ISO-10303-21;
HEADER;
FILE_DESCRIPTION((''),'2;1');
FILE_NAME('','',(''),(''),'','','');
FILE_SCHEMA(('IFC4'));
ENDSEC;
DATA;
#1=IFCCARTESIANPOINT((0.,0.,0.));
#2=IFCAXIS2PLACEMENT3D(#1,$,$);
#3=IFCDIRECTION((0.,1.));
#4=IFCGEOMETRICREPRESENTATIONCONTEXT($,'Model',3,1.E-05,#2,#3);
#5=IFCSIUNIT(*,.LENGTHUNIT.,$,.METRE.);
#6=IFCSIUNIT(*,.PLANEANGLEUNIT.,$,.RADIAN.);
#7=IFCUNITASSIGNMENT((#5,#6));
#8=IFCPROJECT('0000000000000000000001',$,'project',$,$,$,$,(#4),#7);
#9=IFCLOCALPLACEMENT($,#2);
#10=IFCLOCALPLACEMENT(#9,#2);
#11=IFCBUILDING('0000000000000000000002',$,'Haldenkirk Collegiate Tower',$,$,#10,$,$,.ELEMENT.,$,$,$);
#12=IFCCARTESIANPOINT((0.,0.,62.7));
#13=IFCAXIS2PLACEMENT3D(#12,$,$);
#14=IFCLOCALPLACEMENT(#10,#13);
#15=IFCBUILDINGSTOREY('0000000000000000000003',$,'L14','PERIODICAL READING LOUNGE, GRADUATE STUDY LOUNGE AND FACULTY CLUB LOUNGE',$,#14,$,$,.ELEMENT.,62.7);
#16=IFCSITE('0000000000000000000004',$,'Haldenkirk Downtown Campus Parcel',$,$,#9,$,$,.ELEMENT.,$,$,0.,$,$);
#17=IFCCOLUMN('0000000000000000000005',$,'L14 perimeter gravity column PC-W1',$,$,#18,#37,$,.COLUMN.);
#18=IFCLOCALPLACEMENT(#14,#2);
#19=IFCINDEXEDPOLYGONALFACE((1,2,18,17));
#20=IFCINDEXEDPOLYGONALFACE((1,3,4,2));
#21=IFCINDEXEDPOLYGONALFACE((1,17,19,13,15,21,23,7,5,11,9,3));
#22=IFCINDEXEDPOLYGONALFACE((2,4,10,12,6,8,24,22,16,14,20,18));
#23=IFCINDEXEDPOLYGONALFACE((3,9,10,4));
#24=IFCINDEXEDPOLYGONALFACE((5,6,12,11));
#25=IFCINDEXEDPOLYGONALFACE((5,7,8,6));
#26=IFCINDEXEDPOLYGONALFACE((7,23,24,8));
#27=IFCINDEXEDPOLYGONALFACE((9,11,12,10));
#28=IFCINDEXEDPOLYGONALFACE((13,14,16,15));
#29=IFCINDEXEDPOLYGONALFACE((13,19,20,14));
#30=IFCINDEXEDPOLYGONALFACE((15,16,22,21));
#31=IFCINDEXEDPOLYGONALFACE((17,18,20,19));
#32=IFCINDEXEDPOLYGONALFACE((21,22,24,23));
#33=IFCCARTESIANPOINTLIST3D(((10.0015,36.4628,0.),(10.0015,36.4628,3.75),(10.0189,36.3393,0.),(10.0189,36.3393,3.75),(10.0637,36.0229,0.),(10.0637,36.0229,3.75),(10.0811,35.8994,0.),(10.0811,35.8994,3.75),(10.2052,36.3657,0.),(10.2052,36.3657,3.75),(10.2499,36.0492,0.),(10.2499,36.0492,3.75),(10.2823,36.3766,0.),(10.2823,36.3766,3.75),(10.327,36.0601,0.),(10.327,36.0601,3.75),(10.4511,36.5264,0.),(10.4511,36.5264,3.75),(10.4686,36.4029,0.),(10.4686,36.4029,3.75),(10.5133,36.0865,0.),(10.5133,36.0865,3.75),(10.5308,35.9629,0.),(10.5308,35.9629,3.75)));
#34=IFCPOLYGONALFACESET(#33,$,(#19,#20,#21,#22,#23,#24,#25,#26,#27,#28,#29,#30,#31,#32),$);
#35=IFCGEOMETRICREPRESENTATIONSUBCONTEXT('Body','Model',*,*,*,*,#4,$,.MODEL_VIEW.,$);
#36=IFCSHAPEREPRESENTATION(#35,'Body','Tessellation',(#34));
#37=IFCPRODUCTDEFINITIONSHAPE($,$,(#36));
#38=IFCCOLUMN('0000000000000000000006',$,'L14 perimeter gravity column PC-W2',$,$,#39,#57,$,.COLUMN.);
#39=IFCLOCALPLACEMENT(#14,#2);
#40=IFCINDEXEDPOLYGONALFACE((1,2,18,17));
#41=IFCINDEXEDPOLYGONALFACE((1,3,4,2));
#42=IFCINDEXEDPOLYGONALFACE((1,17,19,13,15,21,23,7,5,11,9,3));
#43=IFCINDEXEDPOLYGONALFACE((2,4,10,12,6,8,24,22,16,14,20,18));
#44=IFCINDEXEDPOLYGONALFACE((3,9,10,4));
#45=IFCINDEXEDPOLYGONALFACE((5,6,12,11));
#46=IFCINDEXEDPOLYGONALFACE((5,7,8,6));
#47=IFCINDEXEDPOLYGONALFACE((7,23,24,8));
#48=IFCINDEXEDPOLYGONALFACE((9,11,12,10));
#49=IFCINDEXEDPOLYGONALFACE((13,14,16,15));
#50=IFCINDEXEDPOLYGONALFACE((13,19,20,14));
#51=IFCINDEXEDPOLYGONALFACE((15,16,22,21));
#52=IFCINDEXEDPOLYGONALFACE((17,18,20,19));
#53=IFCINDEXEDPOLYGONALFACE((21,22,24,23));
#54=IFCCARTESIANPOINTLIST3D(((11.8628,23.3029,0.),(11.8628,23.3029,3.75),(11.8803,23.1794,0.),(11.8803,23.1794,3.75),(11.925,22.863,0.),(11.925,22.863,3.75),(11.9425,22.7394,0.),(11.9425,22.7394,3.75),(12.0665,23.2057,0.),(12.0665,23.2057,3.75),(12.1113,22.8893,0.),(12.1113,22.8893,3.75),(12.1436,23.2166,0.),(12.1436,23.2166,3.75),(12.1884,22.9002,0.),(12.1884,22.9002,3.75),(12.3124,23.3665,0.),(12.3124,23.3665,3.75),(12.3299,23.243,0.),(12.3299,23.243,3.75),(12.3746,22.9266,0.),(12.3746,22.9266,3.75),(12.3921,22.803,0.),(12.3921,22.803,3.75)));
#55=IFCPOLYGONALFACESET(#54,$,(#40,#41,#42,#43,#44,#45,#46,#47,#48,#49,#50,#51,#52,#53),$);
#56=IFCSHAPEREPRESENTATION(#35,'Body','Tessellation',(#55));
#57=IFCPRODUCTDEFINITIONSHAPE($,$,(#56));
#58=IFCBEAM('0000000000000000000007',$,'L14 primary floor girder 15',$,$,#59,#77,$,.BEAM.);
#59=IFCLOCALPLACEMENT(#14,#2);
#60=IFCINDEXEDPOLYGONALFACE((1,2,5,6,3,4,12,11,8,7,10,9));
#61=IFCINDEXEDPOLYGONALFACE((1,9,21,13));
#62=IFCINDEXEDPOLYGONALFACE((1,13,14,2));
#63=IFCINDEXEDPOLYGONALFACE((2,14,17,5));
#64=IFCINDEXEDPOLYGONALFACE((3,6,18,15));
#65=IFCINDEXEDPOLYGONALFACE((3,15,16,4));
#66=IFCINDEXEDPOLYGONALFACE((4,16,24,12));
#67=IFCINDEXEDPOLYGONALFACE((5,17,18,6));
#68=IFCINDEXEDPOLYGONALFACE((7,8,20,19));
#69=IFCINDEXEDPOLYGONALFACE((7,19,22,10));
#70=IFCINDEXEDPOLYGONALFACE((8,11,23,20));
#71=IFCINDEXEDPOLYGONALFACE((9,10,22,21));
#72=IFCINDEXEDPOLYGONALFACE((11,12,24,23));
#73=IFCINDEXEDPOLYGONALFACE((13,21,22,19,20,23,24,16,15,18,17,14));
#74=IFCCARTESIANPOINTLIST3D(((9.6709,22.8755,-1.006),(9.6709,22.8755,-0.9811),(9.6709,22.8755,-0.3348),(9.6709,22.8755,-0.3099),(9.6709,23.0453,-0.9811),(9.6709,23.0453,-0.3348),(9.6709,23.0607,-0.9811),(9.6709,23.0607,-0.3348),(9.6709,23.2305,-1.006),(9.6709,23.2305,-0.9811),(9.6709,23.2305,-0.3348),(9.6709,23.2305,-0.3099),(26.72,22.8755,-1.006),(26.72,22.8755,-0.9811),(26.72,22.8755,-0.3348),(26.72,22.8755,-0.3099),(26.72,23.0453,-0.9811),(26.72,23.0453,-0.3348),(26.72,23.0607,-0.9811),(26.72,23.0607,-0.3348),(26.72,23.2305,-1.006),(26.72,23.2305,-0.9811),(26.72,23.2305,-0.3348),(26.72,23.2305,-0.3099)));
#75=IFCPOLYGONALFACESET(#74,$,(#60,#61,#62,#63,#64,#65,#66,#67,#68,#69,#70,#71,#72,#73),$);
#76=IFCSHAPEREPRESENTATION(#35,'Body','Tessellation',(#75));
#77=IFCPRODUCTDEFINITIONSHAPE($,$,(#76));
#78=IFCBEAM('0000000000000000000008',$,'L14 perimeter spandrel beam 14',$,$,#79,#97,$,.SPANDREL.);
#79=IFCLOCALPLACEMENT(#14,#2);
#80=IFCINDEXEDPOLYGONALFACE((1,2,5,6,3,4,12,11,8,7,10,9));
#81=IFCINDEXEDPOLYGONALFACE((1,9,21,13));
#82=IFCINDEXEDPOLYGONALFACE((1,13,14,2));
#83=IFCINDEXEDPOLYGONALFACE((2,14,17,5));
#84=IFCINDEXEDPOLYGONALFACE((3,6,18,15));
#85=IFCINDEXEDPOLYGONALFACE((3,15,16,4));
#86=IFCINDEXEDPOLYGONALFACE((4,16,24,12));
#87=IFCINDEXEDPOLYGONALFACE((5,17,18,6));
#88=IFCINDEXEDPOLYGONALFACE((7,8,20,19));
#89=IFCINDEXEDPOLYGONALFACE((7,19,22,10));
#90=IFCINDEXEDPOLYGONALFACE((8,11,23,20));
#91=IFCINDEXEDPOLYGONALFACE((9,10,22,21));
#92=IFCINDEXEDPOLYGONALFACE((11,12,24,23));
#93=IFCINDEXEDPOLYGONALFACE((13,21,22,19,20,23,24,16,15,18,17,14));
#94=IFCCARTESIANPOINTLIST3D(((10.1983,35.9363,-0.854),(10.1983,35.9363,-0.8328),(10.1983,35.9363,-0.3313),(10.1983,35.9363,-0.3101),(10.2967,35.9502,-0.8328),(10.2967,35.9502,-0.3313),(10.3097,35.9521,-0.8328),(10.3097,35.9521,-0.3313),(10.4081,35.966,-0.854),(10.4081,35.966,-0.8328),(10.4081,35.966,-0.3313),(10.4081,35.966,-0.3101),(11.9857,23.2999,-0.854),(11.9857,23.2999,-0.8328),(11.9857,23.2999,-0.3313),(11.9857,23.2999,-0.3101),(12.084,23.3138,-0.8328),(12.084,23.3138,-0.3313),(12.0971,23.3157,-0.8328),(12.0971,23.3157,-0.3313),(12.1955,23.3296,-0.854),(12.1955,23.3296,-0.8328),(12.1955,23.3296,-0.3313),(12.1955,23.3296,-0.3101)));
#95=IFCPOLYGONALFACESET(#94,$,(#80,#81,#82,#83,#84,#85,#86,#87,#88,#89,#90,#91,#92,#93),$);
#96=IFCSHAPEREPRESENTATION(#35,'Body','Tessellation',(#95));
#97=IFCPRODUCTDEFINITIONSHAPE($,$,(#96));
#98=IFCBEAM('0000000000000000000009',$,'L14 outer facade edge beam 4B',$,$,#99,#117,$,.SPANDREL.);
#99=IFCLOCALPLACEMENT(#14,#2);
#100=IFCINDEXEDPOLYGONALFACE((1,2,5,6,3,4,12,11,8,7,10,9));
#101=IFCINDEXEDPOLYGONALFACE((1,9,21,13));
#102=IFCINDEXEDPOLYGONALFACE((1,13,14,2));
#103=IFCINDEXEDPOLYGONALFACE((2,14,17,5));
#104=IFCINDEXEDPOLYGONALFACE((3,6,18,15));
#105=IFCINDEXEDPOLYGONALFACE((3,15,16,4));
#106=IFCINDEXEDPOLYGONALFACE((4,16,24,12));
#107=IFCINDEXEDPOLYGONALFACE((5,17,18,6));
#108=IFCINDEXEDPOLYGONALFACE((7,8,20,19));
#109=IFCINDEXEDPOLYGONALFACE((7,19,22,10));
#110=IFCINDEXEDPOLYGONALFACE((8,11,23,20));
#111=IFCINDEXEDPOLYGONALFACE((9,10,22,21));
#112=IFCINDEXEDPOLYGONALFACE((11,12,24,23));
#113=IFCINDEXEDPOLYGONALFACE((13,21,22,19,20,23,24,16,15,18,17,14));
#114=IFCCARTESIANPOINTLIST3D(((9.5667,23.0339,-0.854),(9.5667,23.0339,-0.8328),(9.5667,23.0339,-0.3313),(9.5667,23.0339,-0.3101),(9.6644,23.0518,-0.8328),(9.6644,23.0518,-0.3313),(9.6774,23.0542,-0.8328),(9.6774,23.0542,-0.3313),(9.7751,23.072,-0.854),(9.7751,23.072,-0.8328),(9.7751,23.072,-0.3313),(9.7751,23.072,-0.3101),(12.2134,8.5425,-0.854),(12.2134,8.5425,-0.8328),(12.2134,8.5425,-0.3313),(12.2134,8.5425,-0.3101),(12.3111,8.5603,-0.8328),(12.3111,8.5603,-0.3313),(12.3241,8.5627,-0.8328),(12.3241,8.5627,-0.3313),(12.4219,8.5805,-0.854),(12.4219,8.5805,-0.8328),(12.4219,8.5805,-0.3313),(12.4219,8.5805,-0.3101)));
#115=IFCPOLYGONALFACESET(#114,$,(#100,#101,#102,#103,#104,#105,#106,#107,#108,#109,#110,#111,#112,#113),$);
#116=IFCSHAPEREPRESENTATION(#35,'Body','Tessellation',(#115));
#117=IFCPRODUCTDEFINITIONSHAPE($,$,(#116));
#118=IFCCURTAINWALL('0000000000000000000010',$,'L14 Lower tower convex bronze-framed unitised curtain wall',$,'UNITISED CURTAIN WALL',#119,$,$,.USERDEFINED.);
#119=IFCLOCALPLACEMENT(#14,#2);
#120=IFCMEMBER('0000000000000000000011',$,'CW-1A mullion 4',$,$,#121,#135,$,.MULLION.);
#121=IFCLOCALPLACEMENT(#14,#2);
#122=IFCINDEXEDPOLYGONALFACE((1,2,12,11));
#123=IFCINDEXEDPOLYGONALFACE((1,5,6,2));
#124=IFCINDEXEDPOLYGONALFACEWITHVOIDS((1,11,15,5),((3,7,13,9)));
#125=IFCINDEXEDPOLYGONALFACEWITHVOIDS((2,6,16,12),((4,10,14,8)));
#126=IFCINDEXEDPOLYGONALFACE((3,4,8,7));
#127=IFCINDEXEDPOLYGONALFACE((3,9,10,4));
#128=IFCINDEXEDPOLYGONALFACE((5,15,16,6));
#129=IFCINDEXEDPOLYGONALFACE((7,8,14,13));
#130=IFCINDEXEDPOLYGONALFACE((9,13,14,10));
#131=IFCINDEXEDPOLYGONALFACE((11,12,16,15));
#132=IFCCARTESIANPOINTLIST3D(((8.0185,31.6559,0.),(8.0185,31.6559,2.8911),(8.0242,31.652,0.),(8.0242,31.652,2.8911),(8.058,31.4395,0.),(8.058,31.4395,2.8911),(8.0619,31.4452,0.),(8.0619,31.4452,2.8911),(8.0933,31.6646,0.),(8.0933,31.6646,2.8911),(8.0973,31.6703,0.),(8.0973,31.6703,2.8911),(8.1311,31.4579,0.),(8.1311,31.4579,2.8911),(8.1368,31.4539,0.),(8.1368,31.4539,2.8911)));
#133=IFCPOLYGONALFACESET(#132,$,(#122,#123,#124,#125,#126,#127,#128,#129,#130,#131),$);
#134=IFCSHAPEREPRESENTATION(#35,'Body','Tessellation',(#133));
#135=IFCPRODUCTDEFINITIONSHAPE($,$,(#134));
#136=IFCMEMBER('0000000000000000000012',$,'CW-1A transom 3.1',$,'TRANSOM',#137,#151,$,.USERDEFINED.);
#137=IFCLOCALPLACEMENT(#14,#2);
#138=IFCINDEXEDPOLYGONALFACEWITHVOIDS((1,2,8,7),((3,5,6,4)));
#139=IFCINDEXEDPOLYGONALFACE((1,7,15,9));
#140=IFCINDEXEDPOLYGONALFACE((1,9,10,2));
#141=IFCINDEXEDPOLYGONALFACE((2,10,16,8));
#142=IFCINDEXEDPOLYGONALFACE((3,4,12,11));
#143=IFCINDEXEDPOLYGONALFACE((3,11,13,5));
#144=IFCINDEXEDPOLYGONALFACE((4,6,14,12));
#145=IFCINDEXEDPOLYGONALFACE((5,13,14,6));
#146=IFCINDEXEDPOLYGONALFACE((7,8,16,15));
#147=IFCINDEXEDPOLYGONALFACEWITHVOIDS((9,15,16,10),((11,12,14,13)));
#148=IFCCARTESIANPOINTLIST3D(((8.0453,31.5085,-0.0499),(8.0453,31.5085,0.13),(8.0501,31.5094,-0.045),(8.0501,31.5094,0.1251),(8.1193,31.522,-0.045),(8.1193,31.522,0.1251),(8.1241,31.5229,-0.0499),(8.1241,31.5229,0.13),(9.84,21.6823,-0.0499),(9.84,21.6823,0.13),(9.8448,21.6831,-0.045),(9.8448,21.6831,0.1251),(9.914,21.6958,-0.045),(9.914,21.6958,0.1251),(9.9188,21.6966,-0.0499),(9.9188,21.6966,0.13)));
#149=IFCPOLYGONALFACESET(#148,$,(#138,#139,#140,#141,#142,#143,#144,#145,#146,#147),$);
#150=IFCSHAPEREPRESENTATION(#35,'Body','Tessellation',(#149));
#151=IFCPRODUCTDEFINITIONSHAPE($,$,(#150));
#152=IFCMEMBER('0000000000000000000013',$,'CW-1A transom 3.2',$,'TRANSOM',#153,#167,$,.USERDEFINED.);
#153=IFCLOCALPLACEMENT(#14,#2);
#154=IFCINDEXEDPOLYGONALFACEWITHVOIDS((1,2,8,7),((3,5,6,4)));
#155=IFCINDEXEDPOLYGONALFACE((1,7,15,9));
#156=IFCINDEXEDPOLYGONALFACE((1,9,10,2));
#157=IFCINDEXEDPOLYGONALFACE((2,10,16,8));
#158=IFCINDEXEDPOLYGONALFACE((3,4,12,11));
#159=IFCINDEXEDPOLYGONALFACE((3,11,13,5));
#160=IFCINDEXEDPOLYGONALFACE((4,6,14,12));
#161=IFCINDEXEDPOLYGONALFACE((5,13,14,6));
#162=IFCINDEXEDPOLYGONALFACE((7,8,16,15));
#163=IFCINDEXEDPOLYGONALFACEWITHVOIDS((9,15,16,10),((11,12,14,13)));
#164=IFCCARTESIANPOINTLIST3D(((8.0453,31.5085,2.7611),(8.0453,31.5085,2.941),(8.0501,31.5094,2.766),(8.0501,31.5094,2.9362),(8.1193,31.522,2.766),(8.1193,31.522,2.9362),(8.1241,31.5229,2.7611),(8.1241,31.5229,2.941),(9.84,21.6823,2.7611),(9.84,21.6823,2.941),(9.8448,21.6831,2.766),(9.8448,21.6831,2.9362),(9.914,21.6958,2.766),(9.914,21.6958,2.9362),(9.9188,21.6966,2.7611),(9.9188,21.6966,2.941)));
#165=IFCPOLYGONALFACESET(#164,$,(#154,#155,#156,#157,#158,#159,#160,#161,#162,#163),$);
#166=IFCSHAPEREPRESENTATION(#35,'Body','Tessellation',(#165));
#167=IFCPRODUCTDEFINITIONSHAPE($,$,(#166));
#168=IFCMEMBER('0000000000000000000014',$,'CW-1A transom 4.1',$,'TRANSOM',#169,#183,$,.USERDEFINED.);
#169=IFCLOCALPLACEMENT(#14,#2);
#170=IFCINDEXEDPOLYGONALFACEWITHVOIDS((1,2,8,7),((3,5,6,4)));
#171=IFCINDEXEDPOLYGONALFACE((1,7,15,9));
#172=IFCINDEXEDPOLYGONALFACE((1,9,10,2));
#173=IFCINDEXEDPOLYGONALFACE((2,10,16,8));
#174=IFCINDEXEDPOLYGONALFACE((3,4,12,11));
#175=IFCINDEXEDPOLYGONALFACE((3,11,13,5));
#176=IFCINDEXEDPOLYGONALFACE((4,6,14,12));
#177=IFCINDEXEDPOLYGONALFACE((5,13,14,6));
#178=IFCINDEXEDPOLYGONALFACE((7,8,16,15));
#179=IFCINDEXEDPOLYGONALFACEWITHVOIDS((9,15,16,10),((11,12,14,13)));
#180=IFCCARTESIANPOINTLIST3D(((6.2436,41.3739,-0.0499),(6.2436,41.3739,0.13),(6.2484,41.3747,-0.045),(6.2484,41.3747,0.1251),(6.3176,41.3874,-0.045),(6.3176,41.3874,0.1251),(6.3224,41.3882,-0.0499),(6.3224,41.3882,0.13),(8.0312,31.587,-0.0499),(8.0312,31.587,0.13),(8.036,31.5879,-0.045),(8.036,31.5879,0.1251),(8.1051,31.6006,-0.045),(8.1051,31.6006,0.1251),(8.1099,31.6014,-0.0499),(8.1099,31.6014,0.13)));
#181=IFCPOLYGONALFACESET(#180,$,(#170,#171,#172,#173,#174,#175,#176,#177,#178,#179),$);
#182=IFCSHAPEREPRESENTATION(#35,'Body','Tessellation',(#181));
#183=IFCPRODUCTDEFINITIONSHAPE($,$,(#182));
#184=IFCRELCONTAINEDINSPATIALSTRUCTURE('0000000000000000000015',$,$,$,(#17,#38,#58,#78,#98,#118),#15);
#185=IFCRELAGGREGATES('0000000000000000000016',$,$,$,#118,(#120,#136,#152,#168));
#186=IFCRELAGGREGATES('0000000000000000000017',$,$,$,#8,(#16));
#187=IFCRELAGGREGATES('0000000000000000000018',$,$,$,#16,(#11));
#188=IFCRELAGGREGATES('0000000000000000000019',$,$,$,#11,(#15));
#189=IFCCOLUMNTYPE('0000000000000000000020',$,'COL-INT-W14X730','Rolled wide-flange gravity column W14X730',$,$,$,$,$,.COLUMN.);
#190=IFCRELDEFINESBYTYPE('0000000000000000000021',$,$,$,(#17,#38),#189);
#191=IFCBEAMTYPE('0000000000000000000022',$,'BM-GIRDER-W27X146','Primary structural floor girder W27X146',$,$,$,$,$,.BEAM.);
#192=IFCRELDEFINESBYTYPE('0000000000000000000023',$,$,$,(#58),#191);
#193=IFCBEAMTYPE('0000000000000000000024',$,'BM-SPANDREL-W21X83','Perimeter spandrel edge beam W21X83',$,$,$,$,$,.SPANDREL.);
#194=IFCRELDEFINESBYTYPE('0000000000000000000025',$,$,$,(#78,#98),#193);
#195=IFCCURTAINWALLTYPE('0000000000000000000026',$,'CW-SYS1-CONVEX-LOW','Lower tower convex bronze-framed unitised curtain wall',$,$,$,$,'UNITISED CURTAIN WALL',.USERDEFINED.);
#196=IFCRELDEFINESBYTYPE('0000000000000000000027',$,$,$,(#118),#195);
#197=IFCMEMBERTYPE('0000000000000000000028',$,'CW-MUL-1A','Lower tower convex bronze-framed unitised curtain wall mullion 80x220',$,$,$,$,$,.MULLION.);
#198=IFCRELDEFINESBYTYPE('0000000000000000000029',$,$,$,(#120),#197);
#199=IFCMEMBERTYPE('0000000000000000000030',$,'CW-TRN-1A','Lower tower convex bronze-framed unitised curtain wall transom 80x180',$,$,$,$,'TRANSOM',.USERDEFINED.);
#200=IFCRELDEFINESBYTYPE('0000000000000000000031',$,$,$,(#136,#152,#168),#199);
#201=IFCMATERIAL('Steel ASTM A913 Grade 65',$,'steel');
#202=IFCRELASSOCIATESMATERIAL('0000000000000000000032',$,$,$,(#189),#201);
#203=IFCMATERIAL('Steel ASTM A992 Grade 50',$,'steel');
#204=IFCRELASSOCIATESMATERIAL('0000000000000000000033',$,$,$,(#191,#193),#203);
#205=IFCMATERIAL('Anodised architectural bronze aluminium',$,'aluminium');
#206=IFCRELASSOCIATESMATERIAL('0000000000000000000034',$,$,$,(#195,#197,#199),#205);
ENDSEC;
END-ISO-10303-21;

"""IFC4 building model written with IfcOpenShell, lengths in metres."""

from ifc_helpers import new_model, si_unit, direction, frame, origin, origin_2d, place, context, subcontext, project, spatial, hollow_rectangle, i_section, extrude, material, material_profile, profile_set, type_object, element, aggregate, save


model = new_model("IFC4")

# Units and contexts
model_context = context("Model", 3, precision=1e-05, world=origin(), true_north=direction((0.0, 1.0)))
body_context = subcontext(model_context, "Body", "Model", "MODEL_VIEW")
ifc_project = project(units=[si_unit("LENGTHUNIT", "METRE"), si_unit("PLANEANGLEUNIT", "RADIAN")], contexts=[model_context])

# Site, building, storey
site_placement = place(None, origin())
site = spatial("IfcSite", under=ifc_project, at=site_placement, Name="Haldenkirk Downtown Campus Parcel", CompositionType="ELEMENT", RefElevation=0.0)
building_placement = place(site_placement, origin())
building = spatial("IfcBuilding", under=site, at=building_placement, Name="Haldenkirk Collegiate Tower", CompositionType="ELEMENT")
storey_placement = place(building_placement, frame((0.0, 0.0, 62.7)))
storey = spatial("IfcBuildingStorey", under=building, at=storey_placement, Name="L14", Description="PERIODICAL READING LOUNGE, GRADUATE STUDY LOUNGE AND FACULTY CLUB LOUNGE", CompositionType="ELEMENT", Elevation=62.7)

# Columns
ifc_material_1 = material(Name="Steel ASTM A913 Grade 65", Category="steel")
ifc_material_profile_1 = material_profile(ifc_material_1, i_section(OverallWidth=0.4541, OverallDepth=0.5691, WebThickness=0.0779, FlangeThickness=0.1248, at=origin_2d()), Name="W14X730")
ifc_profile_set_1 = profile_set([ifc_material_profile_1], Name="Steel ASTM A913 Grade 65")
column_type = type_object("IfcColumnType", Name="COL-INT-W14X730", Description="Rolled wide-flange gravity column W14X730", PredefinedType="COLUMN", material=ifc_profile_set_1)
for number, where, z_axis, x_axis, name in (
    (1, (10.2661, 36.2129, 0.0), (0.0, 0.0, 1.0), (0.990146, 0.140037, 0.0), "L14 perimeter gravity column PC-W1"),
    (2, (12.1274, 23.053, 0.0), (0.0, 0.0, 1.0), (0.990146, 0.140037, 0.0), "L14 perimeter gravity column PC-W2"),
):
    element("IfcColumn", number, at=place(storey_placement, frame(where, z_axis=z_axis, x_axis=x_axis)), inside=storey, type_object=column_type, Name=name, PredefinedType="COLUMN", context=body_context, shape_type="SweptSolid", body=[
        extrude(i_section(OverallWidth=0.4541, OverallDepth=0.5691, WebThickness=0.0779, FlangeThickness=0.1248, at=origin_2d()), origin(), (0.0, 0.0, 1.0), 3.75),
    ])

# Beams
ifc_material_2 = material(Name="Steel ASTM A992 Grade 50", Category="steel")
ifc_material_profile_2 = material_profile(ifc_material_2, i_section(OverallWidth=0.355, OverallDepth=0.696, WebThickness=0.0154, FlangeThickness=0.0249, at=origin_2d()), Name="W27X146")
ifc_profile_set_2 = profile_set([ifc_material_profile_2], Name="Steel ASTM A992 Grade 50")
beam_type_1 = type_object("IfcBeamType", Name="BM-GIRDER-W27X146", Description="Primary structural floor girder W27X146", PredefinedType="BEAM", material=ifc_profile_set_2)
beam_1_placement = place(storey_placement, frame((9.6709, 23.053, -0.658), z_axis=(1.0, 0.0, 0.0), x_axis=(0.0, 1.0, 0.0)))
element("IfcBeam", 3, at=beam_1_placement, inside=storey, type_object=beam_type_1, Name="L14 primary floor girder 15", PredefinedType="BEAM", context=body_context, shape_type="SweptSolid", body=[
    extrude(i_section(OverallWidth=0.355, OverallDepth=0.696, WebThickness=0.0154, FlangeThickness=0.0249, at=origin_2d()), origin(), (0.0, 0.0, 1.0), 17.0491),
])
ifc_material_profile_3 = material_profile(ifc_material_2, i_section(OverallWidth=0.2119, OverallDepth=0.5439, WebThickness=0.0132, FlangeThickness=0.0212, at=origin_2d()), Name="W21X83")
ifc_profile_set_3 = profile_set([ifc_material_profile_3], Name="Steel ASTM A992 Grade 50")
beam_type_2 = type_object("IfcBeamType", Name="BM-SPANDREL-W21X83", Description="Perimeter spandrel edge beam W21X83", PredefinedType="SPANDREL", material=ifc_profile_set_3)
beam_2_placement = place(storey_placement, frame((10.3032, 35.9512, -0.582), z_axis=(0.14005, -0.990144, 0.0), x_axis=(0.990144, 0.14005, 0.0)))
element("IfcBeam", 4, at=beam_2_placement, inside=storey, type_object=beam_type_2, Name="L14 perimeter spandrel beam 14", PredefinedType="SPANDREL", context=body_context, shape_type="SweptSolid", body=[
    extrude(i_section(OverallWidth=0.2119, OverallDepth=0.5439, WebThickness=0.0132, FlangeThickness=0.0212, at=origin_2d()), origin(), (0.0, 0.0, 1.0), 12.7622),
])
beam_3_placement = place(storey_placement, frame((9.6709, 23.053, -0.582), z_axis=(0.179669, -0.983727, 0.0), x_axis=(0.983727, 0.179669, 0.0)))
element("IfcBeam", 5, at=beam_3_placement, inside=storey, type_object=beam_type_2, Name="L14 outer facade edge beam 4B", PredefinedType="SPANDREL", context=body_context, shape_type="SweptSolid", body=[
    extrude(i_section(OverallWidth=0.2119, OverallDepth=0.5439, WebThickness=0.0132, FlangeThickness=0.0212, at=origin_2d()), origin(), (0.0, 0.0, 1.0), 14.7312),
])

# Curtain wall, members
ifc_material_3 = material(Name="Anodised architectural bronze aluminium", Category="aluminium")
curtain_wall_type = type_object("IfcCurtainWallType", Name="CW-SYS1-CONVEX-LOW", Description="Lower tower convex bronze-framed unitised curtain wall", ElementType="UNITISED CURTAIN WALL", PredefinedType="USERDEFINED", material=ifc_material_3)
curtain_wall_placement = place(storey_placement, origin())
curtain_wall = element("IfcCurtainWall", 6, at=curtain_wall_placement, inside=storey, type_object=curtain_wall_type, Name="L14 Lower tower convex bronze-framed unitised curtain wall", ObjectType="UNITISED CURTAIN WALL", PredefinedType="USERDEFINED")
ifc_material_profile_4 = material_profile(ifc_material_3, hollow_rectangle(XDim=0.0801, YDim=0.22, WallThickness=0.0049, at=origin_2d()), Name="CW-MUL-1A")
ifc_profile_set_4 = profile_set([ifc_material_profile_4], Name="Anodised architectural bronze aluminium")
member_type_1 = type_object("IfcMemberType", Name="CW-MUL-1A", Description="Lower tower convex bronze-framed unitised curtain wall mullion 80x220", PredefinedType="MULLION", material=ifc_profile_set_4)
member_1_placement = place(storey_placement, frame((8.0776, 31.5549, 0.0), z_axis=(0.0, 0.0, 1.0), x_axis=(-0.983729, -0.17966, 0.0)))
member_1 = element("IfcMember", 7, at=member_1_placement, type_object=member_type_1, Name="CW-1A mullion 4", PredefinedType="MULLION", context=body_context, shape_type="SweptSolid", body=[
    extrude(hollow_rectangle(XDim=0.0801, YDim=0.22, WallThickness=0.0049, at=origin_2d()), origin(), (0.0, 0.0, 1.0), 2.8911),
])
ifc_material_profile_5 = material_profile(ifc_material_3, hollow_rectangle(XDim=0.0801, YDim=0.1799, WallThickness=0.0049, at=origin_2d()), Name="CW-TRN-1A")
ifc_profile_set_5 = profile_set([ifc_material_profile_5], Name="Anodised architectural bronze aluminium")
member_type_2 = type_object("IfcMemberType", Name="CW-TRN-1A", Description="Lower tower convex bronze-framed unitised curtain wall transom 80x180", ElementType="TRANSOM", PredefinedType="USERDEFINED", material=ifc_profile_set_5)
member_2_placement = place(storey_placement, frame((9.8794, 21.6895, 0.04), z_axis=(-0.17967, 0.983727, 0.0), x_axis=(-0.983727, -0.17967, 0.0)))
member_2 = element("IfcMember", 8, at=member_2_placement, type_object=member_type_2, Name="CW-1A transom 3.1", ObjectType="TRANSOM", PredefinedType="USERDEFINED", context=body_context, shape_type="SweptSolid", body=[
    extrude(hollow_rectangle(XDim=0.0801, YDim=0.1799, WallThickness=0.0049, at=origin_2d()), origin(), (0.0, 0.0, 1.0), 9.9888),
])
member_3_placement = place(storey_placement, frame((9.8794, 21.6895, 2.8511), z_axis=(-0.17967, 0.983727, 0.0), x_axis=(-0.983727, -0.17967, 0.0)))
member_3 = element("IfcMember", 9, at=member_3_placement, type_object=member_type_2, Name="CW-1A transom 3.2", ObjectType="TRANSOM", PredefinedType="USERDEFINED", context=body_context, shape_type="SweptSolid", body=[
    extrude(hollow_rectangle(XDim=0.0801, YDim=0.1799, WallThickness=0.0049, at=origin_2d()), origin(), (0.0, 0.0, 1.0), 9.9888),
])
member_4_placement = place(storey_placement, frame((8.0706, 31.5942, 0.04), z_axis=(-0.17968, 0.983725, 0.0), x_axis=(-0.983725, -0.17968, 0.0)))
member_4 = element("IfcMember", 10, at=member_4_placement, type_object=member_type_2, Name="CW-1A transom 4.1", ObjectType="TRANSOM", PredefinedType="USERDEFINED", context=body_context, shape_type="SweptSolid", body=[
    extrude(hollow_rectangle(XDim=0.0801, YDim=0.1799, WallThickness=0.0049, at=origin_2d()), origin(), (0.0, 0.0, 1.0), 9.9487),
])

aggregate(curtain_wall, [member_1, member_2, member_3, member_4])

save(model, "model.ifc")
